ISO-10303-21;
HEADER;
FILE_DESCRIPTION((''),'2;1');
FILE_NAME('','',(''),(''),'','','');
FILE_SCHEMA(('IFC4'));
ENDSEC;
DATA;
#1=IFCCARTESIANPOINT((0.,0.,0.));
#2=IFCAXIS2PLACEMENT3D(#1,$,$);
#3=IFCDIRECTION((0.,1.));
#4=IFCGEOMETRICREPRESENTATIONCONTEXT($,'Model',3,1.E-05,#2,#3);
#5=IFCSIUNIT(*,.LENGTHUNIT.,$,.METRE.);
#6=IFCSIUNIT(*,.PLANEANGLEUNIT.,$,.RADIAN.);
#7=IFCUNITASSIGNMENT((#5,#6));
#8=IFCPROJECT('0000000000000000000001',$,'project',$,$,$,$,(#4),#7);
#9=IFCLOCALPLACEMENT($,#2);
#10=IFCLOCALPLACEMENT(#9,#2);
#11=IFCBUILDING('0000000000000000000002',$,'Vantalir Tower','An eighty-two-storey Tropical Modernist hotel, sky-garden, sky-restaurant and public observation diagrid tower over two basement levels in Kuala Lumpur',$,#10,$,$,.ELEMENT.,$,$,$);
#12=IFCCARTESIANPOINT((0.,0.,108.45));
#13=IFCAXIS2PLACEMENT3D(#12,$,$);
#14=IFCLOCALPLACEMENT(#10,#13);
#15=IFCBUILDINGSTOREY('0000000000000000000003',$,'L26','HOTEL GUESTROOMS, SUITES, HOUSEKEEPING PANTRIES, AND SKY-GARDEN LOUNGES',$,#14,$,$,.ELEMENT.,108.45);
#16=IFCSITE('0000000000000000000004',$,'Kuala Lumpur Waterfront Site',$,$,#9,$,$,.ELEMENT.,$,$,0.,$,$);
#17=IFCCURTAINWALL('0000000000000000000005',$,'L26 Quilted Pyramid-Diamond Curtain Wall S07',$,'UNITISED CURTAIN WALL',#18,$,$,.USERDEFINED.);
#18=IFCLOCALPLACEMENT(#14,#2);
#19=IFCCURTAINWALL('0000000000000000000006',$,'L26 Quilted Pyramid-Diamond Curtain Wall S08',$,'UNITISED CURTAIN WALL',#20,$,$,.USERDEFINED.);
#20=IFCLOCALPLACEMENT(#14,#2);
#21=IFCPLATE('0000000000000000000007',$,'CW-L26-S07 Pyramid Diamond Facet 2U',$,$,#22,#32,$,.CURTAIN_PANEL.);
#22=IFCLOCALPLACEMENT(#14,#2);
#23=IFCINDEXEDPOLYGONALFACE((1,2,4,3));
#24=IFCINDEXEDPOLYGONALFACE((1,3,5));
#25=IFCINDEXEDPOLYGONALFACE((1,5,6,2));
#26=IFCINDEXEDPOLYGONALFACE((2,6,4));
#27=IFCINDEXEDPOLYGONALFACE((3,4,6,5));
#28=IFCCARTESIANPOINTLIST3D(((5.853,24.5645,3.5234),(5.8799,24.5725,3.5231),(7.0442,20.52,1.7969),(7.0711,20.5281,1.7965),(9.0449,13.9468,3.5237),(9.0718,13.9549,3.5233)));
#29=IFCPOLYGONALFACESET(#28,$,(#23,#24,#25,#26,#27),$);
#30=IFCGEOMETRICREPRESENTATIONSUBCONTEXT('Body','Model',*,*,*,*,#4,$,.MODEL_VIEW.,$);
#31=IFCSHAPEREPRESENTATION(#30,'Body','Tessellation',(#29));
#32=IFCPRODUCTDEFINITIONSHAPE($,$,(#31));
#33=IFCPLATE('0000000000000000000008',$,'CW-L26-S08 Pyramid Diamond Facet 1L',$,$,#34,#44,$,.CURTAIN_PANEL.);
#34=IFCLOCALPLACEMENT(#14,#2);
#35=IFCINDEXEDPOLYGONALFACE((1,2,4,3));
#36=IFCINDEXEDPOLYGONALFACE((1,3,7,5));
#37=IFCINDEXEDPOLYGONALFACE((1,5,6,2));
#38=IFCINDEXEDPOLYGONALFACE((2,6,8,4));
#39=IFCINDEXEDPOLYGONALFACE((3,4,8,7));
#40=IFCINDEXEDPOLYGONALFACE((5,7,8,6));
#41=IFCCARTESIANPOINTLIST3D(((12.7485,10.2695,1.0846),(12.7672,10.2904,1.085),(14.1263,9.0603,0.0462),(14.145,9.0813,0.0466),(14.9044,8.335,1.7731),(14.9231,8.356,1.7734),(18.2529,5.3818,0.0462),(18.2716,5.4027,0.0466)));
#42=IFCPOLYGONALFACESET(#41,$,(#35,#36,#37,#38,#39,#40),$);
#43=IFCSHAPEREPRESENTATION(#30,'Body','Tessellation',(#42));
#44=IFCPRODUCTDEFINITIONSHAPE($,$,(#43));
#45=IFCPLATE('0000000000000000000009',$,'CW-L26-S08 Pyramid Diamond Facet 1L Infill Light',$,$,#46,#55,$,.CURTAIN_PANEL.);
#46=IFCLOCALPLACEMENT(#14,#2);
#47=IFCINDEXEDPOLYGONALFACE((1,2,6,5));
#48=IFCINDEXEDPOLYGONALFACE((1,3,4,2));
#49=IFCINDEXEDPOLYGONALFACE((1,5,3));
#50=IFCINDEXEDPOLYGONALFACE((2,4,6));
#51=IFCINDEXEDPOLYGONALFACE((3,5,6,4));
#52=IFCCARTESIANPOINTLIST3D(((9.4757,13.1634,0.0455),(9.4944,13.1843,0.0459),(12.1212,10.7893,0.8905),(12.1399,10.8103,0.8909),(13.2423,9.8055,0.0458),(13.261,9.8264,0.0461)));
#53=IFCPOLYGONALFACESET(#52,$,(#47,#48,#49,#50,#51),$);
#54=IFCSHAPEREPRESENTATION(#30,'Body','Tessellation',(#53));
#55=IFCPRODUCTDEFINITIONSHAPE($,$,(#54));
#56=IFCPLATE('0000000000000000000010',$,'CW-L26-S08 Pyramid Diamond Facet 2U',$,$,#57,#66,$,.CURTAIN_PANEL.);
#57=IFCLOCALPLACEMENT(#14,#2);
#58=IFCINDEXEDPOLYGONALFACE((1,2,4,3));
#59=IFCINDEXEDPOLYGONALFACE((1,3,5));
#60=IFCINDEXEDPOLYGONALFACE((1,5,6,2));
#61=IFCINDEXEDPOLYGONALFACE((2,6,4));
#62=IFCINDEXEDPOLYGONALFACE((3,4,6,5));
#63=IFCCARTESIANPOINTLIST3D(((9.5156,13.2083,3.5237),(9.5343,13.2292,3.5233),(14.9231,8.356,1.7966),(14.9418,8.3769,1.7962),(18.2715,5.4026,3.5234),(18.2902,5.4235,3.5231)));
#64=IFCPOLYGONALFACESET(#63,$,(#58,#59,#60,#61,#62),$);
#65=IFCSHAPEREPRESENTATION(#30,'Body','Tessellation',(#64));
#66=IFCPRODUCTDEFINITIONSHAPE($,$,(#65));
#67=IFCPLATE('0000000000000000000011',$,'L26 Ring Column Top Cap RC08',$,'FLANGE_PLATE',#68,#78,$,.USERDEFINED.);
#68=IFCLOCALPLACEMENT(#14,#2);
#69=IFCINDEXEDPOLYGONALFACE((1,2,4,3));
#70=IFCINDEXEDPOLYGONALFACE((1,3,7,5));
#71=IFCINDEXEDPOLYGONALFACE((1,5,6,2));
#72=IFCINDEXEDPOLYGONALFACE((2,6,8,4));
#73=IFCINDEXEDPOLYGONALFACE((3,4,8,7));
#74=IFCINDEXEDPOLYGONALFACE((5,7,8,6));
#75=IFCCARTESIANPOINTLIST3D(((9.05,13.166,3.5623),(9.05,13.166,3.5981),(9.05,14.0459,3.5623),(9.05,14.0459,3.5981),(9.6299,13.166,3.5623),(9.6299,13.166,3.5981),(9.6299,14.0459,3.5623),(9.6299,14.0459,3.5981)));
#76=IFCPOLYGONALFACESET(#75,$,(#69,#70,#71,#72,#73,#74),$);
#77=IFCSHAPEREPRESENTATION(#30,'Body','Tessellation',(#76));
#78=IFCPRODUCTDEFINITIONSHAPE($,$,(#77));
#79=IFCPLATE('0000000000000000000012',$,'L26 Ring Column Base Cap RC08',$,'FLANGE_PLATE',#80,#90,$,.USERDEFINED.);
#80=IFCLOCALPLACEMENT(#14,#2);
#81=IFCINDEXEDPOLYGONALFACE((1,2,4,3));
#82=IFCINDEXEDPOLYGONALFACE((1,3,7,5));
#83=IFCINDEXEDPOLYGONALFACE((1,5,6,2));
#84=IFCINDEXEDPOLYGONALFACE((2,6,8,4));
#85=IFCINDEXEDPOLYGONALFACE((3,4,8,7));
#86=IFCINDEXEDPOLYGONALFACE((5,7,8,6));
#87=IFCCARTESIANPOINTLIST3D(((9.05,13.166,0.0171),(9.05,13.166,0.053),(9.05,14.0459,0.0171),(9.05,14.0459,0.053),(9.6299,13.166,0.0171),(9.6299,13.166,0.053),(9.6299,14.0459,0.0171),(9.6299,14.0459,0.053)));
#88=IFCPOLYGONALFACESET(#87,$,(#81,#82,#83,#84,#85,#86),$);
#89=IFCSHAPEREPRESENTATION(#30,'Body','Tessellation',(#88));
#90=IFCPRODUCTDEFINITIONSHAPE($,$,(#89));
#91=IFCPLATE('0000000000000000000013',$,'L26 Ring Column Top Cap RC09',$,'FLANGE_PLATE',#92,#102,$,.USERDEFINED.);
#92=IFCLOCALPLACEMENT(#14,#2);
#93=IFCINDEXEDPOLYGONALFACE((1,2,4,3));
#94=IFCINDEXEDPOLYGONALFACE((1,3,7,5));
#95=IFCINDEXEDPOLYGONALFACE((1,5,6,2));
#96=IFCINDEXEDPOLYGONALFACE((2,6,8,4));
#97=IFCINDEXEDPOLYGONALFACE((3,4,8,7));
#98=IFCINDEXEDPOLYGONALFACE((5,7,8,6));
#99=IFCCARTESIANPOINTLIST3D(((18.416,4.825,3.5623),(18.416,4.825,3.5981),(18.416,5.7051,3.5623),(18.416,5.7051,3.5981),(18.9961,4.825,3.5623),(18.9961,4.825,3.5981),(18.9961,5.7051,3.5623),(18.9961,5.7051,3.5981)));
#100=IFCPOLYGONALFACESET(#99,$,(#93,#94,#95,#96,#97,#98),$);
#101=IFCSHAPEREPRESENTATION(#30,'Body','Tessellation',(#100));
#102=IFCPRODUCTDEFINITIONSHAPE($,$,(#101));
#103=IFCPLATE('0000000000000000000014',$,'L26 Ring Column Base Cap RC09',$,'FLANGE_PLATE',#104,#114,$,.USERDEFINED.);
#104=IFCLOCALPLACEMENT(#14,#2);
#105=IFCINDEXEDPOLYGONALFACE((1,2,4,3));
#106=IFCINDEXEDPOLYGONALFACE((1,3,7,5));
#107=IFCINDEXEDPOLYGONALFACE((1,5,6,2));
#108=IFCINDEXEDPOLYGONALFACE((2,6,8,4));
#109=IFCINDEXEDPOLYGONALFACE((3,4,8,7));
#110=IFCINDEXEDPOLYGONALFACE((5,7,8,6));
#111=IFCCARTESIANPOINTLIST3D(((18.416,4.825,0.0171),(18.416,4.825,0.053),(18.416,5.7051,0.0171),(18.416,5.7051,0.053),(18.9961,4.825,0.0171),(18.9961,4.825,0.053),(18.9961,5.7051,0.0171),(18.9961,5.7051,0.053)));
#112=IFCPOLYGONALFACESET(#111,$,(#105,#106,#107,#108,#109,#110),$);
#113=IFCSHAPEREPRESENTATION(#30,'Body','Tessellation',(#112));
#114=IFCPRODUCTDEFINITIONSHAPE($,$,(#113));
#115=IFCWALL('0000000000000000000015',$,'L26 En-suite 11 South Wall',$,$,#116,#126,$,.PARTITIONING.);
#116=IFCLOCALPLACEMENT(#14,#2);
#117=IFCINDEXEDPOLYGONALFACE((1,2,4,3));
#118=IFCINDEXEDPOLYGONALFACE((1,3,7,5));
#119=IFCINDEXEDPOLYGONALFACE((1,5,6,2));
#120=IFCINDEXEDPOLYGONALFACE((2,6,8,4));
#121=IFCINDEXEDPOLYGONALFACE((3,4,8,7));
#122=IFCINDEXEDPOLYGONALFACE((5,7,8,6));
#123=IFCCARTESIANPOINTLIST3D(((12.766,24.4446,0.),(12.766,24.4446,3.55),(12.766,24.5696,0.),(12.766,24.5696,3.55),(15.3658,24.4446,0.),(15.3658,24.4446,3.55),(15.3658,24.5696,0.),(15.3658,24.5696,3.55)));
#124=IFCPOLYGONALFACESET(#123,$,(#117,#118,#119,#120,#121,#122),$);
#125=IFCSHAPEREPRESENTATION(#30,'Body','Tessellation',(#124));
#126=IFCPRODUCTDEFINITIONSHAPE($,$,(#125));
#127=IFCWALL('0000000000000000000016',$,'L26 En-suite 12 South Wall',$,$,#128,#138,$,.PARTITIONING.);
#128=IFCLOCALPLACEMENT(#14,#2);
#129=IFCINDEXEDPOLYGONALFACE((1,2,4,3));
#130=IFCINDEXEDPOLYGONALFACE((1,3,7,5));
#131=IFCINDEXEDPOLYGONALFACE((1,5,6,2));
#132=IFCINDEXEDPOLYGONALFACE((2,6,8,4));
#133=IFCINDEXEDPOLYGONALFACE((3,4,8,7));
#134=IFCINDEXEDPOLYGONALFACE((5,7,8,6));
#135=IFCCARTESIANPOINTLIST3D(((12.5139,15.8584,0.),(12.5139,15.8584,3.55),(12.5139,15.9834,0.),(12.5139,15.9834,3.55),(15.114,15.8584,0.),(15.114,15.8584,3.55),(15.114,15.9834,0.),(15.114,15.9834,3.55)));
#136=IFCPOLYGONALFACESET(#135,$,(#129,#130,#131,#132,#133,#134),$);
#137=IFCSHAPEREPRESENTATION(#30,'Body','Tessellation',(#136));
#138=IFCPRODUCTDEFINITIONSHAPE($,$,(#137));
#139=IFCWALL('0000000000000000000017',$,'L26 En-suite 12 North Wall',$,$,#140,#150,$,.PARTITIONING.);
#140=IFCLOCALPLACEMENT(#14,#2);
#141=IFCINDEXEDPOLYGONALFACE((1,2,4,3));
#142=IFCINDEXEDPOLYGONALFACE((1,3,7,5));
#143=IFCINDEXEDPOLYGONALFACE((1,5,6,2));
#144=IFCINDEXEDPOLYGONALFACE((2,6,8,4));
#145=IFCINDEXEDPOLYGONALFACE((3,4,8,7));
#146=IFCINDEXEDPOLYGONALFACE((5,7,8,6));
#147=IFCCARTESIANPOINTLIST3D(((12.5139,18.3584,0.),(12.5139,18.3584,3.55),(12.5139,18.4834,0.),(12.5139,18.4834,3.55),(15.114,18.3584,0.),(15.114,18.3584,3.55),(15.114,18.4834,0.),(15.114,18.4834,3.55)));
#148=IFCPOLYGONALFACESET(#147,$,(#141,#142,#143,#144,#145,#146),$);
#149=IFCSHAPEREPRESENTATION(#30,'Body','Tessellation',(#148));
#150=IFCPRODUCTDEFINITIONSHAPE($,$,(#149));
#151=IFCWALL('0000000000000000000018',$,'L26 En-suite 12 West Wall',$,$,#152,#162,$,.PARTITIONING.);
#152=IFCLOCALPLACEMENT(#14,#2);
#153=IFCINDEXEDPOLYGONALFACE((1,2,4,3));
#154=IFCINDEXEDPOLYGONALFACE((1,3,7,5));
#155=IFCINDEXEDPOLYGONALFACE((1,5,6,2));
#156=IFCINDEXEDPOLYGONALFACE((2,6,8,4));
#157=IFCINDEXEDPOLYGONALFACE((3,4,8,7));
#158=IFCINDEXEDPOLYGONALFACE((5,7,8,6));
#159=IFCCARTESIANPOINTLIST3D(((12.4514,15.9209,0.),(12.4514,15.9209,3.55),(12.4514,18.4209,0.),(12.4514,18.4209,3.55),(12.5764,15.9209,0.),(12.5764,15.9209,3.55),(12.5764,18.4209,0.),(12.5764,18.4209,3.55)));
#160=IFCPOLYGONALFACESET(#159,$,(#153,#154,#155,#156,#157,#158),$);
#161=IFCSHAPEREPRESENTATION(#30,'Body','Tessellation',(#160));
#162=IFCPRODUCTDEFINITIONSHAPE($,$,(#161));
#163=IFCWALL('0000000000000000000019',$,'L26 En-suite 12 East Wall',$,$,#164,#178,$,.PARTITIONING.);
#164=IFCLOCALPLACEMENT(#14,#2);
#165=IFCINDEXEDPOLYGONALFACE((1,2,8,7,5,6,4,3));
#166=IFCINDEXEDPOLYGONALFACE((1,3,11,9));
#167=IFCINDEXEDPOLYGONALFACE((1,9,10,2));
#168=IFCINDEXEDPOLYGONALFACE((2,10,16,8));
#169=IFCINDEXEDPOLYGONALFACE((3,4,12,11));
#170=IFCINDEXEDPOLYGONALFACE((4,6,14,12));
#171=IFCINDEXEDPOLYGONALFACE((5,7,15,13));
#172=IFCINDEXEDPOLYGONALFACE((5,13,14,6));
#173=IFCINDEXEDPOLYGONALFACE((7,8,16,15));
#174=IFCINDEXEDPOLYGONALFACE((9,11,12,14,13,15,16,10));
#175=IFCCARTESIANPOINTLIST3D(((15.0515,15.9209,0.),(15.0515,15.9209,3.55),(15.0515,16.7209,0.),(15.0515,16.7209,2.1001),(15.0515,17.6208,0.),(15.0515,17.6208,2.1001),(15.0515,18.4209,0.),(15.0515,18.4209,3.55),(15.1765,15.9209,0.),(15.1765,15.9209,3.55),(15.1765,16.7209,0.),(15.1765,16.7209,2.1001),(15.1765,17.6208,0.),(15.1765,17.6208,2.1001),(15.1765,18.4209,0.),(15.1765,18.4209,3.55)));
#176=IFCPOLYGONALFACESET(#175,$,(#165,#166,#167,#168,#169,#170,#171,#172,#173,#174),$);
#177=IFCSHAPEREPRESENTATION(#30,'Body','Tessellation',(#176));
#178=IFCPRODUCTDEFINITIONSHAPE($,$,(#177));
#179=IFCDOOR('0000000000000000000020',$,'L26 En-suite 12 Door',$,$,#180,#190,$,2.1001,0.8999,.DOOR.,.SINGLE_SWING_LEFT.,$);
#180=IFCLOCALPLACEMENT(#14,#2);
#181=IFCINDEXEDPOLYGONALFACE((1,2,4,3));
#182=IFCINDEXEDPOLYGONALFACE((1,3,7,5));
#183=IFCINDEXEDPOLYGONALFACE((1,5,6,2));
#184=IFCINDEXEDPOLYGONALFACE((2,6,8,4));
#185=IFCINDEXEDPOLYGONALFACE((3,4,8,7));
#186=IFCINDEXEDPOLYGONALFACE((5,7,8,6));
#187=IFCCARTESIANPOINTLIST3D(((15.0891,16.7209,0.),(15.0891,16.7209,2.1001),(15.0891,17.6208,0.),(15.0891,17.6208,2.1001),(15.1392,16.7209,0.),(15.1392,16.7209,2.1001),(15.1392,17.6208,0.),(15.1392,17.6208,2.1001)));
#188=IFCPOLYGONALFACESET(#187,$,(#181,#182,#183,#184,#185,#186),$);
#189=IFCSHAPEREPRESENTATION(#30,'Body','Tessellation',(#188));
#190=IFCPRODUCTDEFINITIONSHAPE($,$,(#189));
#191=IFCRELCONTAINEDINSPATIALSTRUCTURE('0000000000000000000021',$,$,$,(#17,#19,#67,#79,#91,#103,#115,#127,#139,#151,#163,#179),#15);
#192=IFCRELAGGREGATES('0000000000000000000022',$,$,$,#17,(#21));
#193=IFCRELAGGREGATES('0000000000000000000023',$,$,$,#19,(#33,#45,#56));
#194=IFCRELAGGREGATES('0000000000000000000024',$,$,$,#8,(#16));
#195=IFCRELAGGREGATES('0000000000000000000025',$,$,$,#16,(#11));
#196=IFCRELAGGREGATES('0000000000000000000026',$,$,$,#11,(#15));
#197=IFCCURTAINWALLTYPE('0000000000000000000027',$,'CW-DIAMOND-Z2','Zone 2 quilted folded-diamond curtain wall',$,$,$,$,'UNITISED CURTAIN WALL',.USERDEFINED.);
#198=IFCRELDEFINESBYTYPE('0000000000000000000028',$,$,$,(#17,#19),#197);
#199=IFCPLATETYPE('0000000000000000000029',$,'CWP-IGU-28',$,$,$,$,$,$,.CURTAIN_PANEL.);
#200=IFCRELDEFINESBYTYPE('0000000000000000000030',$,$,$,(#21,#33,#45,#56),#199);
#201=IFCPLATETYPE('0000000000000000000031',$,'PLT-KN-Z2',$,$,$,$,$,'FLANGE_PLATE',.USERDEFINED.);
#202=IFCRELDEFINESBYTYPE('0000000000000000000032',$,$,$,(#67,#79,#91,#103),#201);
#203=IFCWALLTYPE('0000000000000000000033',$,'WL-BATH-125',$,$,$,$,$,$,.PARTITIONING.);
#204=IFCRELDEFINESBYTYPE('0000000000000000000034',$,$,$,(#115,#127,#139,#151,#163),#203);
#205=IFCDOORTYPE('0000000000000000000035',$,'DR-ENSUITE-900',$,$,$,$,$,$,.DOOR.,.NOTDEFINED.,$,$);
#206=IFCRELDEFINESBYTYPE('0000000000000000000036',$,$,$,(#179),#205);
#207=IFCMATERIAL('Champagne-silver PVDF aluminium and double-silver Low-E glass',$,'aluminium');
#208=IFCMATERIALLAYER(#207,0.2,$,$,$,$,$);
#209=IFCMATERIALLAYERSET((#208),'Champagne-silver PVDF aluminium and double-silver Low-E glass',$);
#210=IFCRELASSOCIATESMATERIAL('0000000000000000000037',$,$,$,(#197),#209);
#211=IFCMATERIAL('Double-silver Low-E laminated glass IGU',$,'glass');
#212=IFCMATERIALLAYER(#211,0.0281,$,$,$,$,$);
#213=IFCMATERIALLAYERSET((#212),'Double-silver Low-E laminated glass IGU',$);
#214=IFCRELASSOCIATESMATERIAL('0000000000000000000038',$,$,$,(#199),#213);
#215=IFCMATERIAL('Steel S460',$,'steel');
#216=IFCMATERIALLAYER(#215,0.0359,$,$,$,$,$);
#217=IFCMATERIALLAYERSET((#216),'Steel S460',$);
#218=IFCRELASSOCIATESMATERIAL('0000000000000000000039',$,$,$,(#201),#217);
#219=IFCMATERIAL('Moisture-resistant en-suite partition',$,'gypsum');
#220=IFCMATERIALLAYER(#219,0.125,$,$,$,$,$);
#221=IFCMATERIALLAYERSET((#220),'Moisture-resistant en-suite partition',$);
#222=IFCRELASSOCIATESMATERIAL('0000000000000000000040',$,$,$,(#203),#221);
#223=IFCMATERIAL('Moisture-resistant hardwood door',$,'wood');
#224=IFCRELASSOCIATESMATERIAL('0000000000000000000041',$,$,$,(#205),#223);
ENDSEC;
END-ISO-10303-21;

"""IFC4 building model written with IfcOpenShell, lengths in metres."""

from ifc_helpers import new_model, si_unit, direction, frame, frame_2d, origin, place, context, subcontext, project, spatial, polyline, rectangle, outline, extrude, material, layer, layer_set, type_object, element, fill, aggregate, save


model = new_model("IFC4")

# Units and contexts
model_context = context("Model", 3, precision=1e-05, world=origin(), true_north=direction((0.0, 1.0)))
body_context = subcontext(model_context, "Body", "Model", "MODEL_VIEW")
ifc_project = project(units=[si_unit("LENGTHUNIT", "METRE"), si_unit("PLANEANGLEUNIT", "RADIAN")], contexts=[model_context])

# Site, building, storey
site_placement = place(None, origin())
site = spatial("IfcSite", under=ifc_project, at=site_placement, Name="Kuala Lumpur Waterfront Site", CompositionType="ELEMENT", RefElevation=0.0)
building_placement = place(site_placement, origin())
building = spatial("IfcBuilding", under=site, at=building_placement, Name="Vantalir Tower", Description="An eighty-two-storey Tropical Modernist hotel, sky-garden, sky-restaurant and public observation diagrid tower over two basement levels in Kuala Lumpur", CompositionType="ELEMENT")
storey_placement = place(building_placement, frame((0.0, 0.0, 108.45)))
storey = spatial("IfcBuildingStorey", under=building, at=storey_placement, Name="L26", Description="HOTEL GUESTROOMS, SUITES, HOUSEKEEPING PANTRIES, AND SKY-GARDEN LOUNGES", CompositionType="ELEMENT", Elevation=108.45)

# Shared definitions
ifc_material_1 = material(Name="Steel S460", Category="steel")

# Curtain wall
ifc_material_2 = material(Name="Champagne-silver PVDF aluminium and double-silver Low-E glass", Category="aluminium")
ifc_layer_1 = layer(ifc_material_2, 0.2)
ifc_layer_set_1 = layer_set([ifc_layer_1], Name="Champagne-silver PVDF aluminium and double-silver Low-E glass")
curtain_wall_type = type_object("IfcCurtainWallType", Name="CW-DIAMOND-Z2", Description="Zone 2 quilted folded-diamond curtain wall", ElementType="UNITISED CURTAIN WALL", PredefinedType="USERDEFINED", material=ifc_layer_set_1)
curtain_wall_1_placement = place(storey_placement, origin())
curtain_wall_1 = element("IfcCurtainWall", 1, at=curtain_wall_1_placement, inside=storey, type_object=curtain_wall_type, Name="L26 Quilted Pyramid-Diamond Curtain Wall S07", ObjectType="UNITISED CURTAIN WALL", PredefinedType="USERDEFINED")

# Curtain wall
curtain_wall_2_placement = place(storey_placement, origin())
curtain_wall_2 = element("IfcCurtainWall", 2, at=curtain_wall_2_placement, inside=storey, type_object=curtain_wall_type, Name="L26 Quilted Pyramid-Diamond Curtain Wall S08", ObjectType="UNITISED CURTAIN WALL", PredefinedType="USERDEFINED")

# Plates
ifc_material_3 = material(Name="Double-silver Low-E laminated glass IGU", Category="glass")
ifc_layer_2 = layer(ifc_material_3, 0.0281)
ifc_layer_set_2 = layer_set([ifc_layer_2], Name="Double-silver Low-E laminated glass IGU")
plate_type_1 = type_object("IfcPlateType", Name="CWP-IGU-28", PredefinedType="CURTAIN_PANEL", material=ifc_layer_set_2)
plate_1_placement = place(storey_placement, frame((9.0449, 13.9468, 3.5237), z_axis=(-0.957573, -0.287866, 0.013686), x_axis=(-0.287893, 0.957662, -0.000022)))
plate_1 = element("IfcPlate", 3, at=plate_1_placement, type_object=plate_type_1, Name="CW-L26-S07 Pyramid Diamond Facet 2U", PredefinedType="CURTAIN_PANEL", context=body_context, shape_type="SweptSolid", body=[
    extrude(outline(polyline([(0.0, 0.0), (11.0871, 0.0), (6.871, 1.7268), (0.0, 0.0)])), origin(), (0.0, 0.0, -1.0), 0.0281),
])
aggregate(curtain_wall_1, [plate_1])
plate_2_placement = place(storey_placement, frame((14.145, 9.0813, 0.0466), z_axis=(0.66536, 0.746396, 0.01372), x_axis=(0.746467, -0.665423, 0.0)))
plate_2 = element("IfcPlate", 4, at=plate_2_placement, type_object=plate_type_1, Name="CW-L26-S08 Pyramid Diamond Facet 1L", PredefinedType="CURTAIN_PANEL", context=body_context, shape_type="SweptSolid", body=[
    extrude(outline(polyline([(0.0, 0.0), (5.5282, 0.0), (1.0635, -1.727), (-1.8331, -1.0384), (0.0, 0.0)])), origin(), (0.0, 0.0, -1.0), 0.0281),
])
plate_3_placement = place(storey_placement, frame((9.4944, 13.1843, 0.0459), z_axis=(0.665387, 0.746372, 0.013751), x_axis=(0.746442, -0.66545, 0.000048)))
plate_3 = element("IfcPlate", 5, at=plate_3_placement, type_object=plate_type_1, Name="CW-L26-S08 Pyramid Diamond Facet 1L Infill Light", PredefinedType="CURTAIN_PANEL", context=body_context, shape_type="SweptSolid", body=[
    extrude(outline(polyline([(0.0, 0.0), (5.0461, 0.0), (3.5546, -0.8449), (0.0, 0.0)])), origin(), (0.0, 0.0, -1.0), 0.0281),
])
plate_4_placement = place(storey_placement, frame((18.2715, 5.4026, 3.5234), z_axis=(-0.665381, -0.746379, 0.013679), x_axis=(-0.746449, 0.665443, 0.000021)))
plate_4 = element("IfcPlate", 6, at=plate_4_placement, type_object=plate_type_1, Name="CW-L26-S08 Pyramid Diamond Facet 2U", PredefinedType="CURTAIN_PANEL", context=body_context, shape_type="SweptSolid", body=[
    extrude(outline(polyline([(0.0, 0.0), (11.73, 0.0), (4.4647, 1.7271), (0.0, 0.0)])), origin(), (0.0, 0.0, -1.0), 0.0281),
])
aggregate(curtain_wall_2, [plate_2, plate_3, plate_4])

# Plates
ifc_layer_3 = layer(ifc_material_1, 0.0359)
ifc_layer_set_3 = layer_set([ifc_layer_3], Name="Steel S460")
plate_type_2 = type_object("IfcPlateType", Name="PLT-KN-Z2", ElementType="FLANGE_PLATE", PredefinedType="USERDEFINED", material=ifc_layer_set_3)
for number, where, z_axis, x_axis, name in (
    (7, (9.05, 14.0459, 3.5981), (0.0, 0.0, 1.0), (0.0, -1.0, 0.0), "L26 Ring Column Top Cap RC08"),
    (8, (9.05, 14.0459, 0.053), (0.0, 0.0, 1.0), (0.0, -1.0, 0.0), "L26 Ring Column Base Cap RC08"),
):
    element("IfcPlate", number, at=place(storey_placement, frame(where, z_axis=z_axis, x_axis=x_axis)), inside=storey, type_object=plate_type_2, Name=name, ObjectType="FLANGE_PLATE", PredefinedType="USERDEFINED", context=body_context, shape_type="SweptSolid", body=[
        extrude(outline(polyline([(0.0, 0.0), (0.8799, 0.0), (0.8799, 0.5798), (0.0, 0.5798), (0.0, 0.0)])), origin(), (0.0, 0.0, -1.0), 0.0359),
    ])
for number, where, z_axis, x_axis, name in (
    (9, (18.416, 5.7051, 3.5981), (0.0, 0.0, 1.0), (0.0, -1.0, 0.0), "L26 Ring Column Top Cap RC09"),
    (10, (18.416, 5.7051, 0.053), (0.0, 0.0, 1.0), (0.0, -1.0, 0.0), "L26 Ring Column Base Cap RC09"),
):
    element("IfcPlate", number, at=place(storey_placement, frame(where, z_axis=z_axis, x_axis=x_axis)), inside=storey, type_object=plate_type_2, Name=name, ObjectType="FLANGE_PLATE", PredefinedType="USERDEFINED", context=body_context, shape_type="SweptSolid", body=[
        extrude(outline(polyline([(0.0, 0.0), (0.8801, 0.0), (0.8801, 0.5801), (0.0, 0.5801), (0.0, 0.0)])), origin(), (0.0, 0.0, -1.0), 0.0359),
    ])

# Walls
ifc_material_4 = material(Name="Moisture-resistant en-suite partition", Category="gypsum")
ifc_layer_4 = layer(ifc_material_4, 0.125)
ifc_layer_set_4 = layer_set([ifc_layer_4], Name="Moisture-resistant en-suite partition")
wall_type_1 = type_object("IfcWallType", Name="WL-BATH-125", PredefinedType="PARTITIONING", material=ifc_layer_set_4)
wall_1_placement = place(storey_placement, frame((12.7661, 24.5071, 0.0), z_axis=(0.0, 0.0, 1.0), x_axis=(1.0, 0.0, 0.0)))
element("IfcWall", 11, at=wall_1_placement, inside=storey, type_object=wall_type_1, Name="L26 En-suite 11 South Wall", PredefinedType="PARTITIONING", context=body_context, shape_type="SweptSolid", body=[
    extrude(rectangle(XDim=2.5999, YDim=0.125, at=frame_2d((1.2998, 0.0))), origin(), (0.0, 0.0, 1.0), 3.55),
])
for number, where, z_axis, x_axis, name in (
    (12, (12.5139, 15.9209, 0.0), (0.0, 0.0, 1.0), (1.0, 0.0, 0.0), "L26 En-suite 12 South Wall"),
    (13, (12.5139, 18.4209, 0.0), (0.0, 0.0, 1.0), (1.0, 0.0, 0.0), "L26 En-suite 12 North Wall"),
):
    element("IfcWall", number, at=place(storey_placement, frame(where, z_axis=z_axis, x_axis=x_axis)), inside=storey, type_object=wall_type_1, Name=name, PredefinedType="PARTITIONING", context=body_context, shape_type="SweptSolid", body=[
        extrude(rectangle(XDim=2.6001, YDim=0.125, at=frame_2d((1.3, 0.0))), origin(), (0.0, 0.0, 1.0), 3.55),
    ])
wall_2_placement = place(storey_placement, frame((12.5139, 15.9209, 0.0), z_axis=(0.0, 0.0, 1.0), x_axis=(0.0, 1.0, 0.0)))
element("IfcWall", 14, at=wall_2_placement, inside=storey, type_object=wall_type_1, Name="L26 En-suite 12 West Wall", PredefinedType="PARTITIONING", context=body_context, shape_type="SweptSolid", body=[
    extrude(rectangle(XDim=2.5, YDim=0.125, at=frame_2d((1.25, 0.0))), origin(), (0.0, 0.0, 1.0), 3.55),
])

# Wall, opening, door
wall_3_placement = place(storey_placement, frame((15.114, 15.9209, 0.0), z_axis=(0.0, 0.0, 1.0), x_axis=(0.0, 1.0, 0.0)))
wall_3 = element("IfcWall", 15, at=wall_3_placement, inside=storey, type_object=wall_type_1, Name="L26 En-suite 12 East Wall", PredefinedType="PARTITIONING", context=body_context, shape_type="SweptSolid", body=[
    extrude(rectangle(XDim=2.5, YDim=0.125, at=frame_2d((1.25, 0.0))), origin(), (0.0, 0.0, 1.0), 3.55),
])
opening_1_placement = place(wall_3_placement, frame((0.8, 0.0, 0.0)))
opening_1 = element("IfcOpeningElement", 16, at=opening_1_placement, cuts=wall_3, PredefinedType="OPENING", context=body_context, shape_type="SweptSolid", body=[
    extrude(rectangle(XDim=0.8999, YDim=2.1001, at=frame_2d((0.45, 1.05))), frame((0.0, 0.0725, 0.0), z_axis=(0.0, -1.0, 0.0), x_axis=(1.0, 0.0, 0.0)), (0.0, 0.0, 1.0), 0.145),
])
ifc_material_5 = material(Name="Moisture-resistant hardwood door", Category="wood")
door_type_1 = type_object("IfcDoorType", Name="DR-ENSUITE-900", OperationType="NOTDEFINED", PredefinedType="DOOR", material=ifc_material_5)
door_1_placement = place(opening_1_placement, origin())
door_1 = element("IfcDoor", 17, at=door_1_placement, inside=storey, type_object=door_type_1, Name="L26 En-suite 12 Door", OperationType="SINGLE_SWING_LEFT", OverallHeight=2.1001, OverallWidth=0.8999, PredefinedType="DOOR", context=body_context, shape_type="SweptSolid", body=[
    extrude(rectangle(XDim=0.8999, YDim=2.1001, at=frame_2d((0.45, 1.05))), frame((0.0, 0.0249, 0.0), z_axis=(0.0, -1.0, 0.0), x_axis=(1.0, 0.0, 0.0)), (0.0, 0.0, 1.0), 0.05),
])
fill(opening_1, door_1)

save(model, "model.ifc")
